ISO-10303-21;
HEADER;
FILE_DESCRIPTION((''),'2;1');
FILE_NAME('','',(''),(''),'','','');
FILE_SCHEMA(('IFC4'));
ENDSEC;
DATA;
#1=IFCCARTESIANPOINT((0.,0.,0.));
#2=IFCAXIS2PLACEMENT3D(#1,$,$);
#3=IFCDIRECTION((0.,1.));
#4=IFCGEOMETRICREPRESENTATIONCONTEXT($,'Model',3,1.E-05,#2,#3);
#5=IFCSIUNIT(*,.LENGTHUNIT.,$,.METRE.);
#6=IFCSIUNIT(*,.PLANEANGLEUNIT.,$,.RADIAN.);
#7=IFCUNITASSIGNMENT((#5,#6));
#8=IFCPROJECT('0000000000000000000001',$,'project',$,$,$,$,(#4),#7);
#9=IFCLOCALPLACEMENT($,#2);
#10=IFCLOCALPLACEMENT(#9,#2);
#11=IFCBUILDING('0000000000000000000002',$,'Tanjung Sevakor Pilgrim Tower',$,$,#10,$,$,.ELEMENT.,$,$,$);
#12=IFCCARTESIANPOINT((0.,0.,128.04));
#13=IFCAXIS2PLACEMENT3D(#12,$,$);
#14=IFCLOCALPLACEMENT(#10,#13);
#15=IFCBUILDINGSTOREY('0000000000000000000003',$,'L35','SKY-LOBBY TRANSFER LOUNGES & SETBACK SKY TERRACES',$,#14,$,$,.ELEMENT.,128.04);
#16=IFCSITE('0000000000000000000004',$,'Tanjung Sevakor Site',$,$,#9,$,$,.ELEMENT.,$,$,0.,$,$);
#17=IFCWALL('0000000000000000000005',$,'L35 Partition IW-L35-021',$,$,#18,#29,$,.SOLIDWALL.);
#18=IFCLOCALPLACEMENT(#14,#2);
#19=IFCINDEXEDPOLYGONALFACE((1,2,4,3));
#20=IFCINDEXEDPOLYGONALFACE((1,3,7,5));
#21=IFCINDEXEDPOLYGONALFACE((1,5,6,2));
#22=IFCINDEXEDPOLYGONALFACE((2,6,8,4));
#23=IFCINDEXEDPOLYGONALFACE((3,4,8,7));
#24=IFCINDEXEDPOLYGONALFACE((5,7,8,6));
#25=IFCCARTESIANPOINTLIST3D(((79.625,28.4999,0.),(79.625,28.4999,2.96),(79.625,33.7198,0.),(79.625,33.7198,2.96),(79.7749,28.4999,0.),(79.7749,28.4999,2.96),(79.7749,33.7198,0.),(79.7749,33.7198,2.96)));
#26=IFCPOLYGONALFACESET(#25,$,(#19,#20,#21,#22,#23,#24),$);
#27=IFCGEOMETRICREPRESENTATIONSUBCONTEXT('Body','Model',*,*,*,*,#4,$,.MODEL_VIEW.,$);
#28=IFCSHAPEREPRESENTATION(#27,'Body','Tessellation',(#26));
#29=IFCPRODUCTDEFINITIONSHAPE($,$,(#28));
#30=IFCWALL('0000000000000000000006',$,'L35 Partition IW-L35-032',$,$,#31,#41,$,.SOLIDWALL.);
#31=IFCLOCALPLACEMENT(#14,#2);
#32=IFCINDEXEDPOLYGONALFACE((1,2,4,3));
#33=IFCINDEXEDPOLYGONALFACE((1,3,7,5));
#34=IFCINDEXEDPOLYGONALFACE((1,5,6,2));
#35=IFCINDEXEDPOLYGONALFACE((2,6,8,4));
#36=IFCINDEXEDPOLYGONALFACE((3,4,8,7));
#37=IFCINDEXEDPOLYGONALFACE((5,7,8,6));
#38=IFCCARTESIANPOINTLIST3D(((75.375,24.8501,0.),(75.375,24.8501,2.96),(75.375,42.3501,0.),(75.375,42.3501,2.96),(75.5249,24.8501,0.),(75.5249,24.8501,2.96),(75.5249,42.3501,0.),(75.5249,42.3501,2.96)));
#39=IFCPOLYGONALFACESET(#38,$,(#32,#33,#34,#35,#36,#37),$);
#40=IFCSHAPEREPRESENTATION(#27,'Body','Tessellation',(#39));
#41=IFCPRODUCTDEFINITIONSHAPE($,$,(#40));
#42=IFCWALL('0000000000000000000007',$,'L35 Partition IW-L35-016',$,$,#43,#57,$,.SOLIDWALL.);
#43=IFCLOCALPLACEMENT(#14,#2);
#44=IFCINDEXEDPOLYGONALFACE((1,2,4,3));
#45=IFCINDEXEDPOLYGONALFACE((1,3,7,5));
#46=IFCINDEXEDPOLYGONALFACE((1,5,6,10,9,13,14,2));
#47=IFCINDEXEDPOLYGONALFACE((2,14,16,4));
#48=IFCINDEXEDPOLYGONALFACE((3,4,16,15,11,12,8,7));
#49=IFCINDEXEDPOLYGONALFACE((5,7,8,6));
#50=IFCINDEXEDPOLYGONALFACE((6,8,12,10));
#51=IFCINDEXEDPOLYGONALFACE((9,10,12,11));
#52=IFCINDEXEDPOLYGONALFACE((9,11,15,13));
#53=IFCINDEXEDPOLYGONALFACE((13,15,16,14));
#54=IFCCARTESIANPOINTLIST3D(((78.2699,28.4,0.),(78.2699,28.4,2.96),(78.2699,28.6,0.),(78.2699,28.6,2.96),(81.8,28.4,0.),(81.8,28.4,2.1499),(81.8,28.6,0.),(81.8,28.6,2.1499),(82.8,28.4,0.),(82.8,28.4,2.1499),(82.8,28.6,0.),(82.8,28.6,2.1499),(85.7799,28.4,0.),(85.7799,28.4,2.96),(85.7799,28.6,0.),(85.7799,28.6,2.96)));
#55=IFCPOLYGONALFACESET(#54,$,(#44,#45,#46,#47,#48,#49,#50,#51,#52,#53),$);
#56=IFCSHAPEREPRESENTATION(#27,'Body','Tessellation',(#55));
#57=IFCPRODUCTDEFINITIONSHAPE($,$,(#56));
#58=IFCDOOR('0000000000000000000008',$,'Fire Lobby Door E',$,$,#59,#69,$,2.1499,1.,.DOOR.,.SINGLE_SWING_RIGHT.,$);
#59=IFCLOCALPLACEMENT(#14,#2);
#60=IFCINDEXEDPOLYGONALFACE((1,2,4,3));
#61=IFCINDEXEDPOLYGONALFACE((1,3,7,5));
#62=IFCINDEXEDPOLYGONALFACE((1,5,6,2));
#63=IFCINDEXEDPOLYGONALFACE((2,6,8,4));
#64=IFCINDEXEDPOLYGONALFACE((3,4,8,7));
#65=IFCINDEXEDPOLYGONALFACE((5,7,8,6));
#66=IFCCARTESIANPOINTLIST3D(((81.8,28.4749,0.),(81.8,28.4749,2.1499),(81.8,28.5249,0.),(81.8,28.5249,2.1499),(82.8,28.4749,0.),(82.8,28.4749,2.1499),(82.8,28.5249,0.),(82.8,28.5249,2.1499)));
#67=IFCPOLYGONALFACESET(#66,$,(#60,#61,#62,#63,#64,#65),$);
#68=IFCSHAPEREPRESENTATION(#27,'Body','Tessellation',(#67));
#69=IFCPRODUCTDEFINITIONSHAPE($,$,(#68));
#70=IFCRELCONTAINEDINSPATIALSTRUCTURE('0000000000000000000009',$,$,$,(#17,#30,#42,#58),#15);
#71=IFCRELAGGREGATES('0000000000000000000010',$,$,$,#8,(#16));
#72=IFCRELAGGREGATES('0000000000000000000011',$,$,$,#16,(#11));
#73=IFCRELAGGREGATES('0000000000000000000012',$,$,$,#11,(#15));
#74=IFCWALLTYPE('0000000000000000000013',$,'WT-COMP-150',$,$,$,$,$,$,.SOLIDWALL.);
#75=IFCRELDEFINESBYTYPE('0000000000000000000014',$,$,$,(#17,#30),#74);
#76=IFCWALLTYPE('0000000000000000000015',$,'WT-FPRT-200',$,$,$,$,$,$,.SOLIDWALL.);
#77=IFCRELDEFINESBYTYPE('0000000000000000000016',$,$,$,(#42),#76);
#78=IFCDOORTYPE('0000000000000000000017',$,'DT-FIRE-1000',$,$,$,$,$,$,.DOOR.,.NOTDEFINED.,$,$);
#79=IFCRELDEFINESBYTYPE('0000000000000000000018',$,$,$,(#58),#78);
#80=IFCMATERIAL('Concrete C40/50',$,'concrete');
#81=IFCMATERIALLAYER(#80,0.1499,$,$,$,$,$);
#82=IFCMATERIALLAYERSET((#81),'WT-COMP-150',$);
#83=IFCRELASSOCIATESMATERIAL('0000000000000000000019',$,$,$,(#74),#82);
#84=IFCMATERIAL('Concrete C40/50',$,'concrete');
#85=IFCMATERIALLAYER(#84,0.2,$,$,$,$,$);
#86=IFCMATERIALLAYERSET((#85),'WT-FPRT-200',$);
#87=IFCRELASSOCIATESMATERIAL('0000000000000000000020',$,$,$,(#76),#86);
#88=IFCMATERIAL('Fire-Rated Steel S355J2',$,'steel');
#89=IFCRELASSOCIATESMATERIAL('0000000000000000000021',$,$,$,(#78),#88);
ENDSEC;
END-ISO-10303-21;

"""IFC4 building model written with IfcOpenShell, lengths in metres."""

from ifc_helpers import new_model, si_unit, direction, frame, frame_2d, origin, place, context, subcontext, project, spatial, rectangle, extrude, material, layer, layer_set, type_object, element, fill, save


model = new_model("IFC4")

# Units and contexts
model_context = context("Model", 3, precision=1e-05, world=origin(), true_north=direction((0.0, 1.0)))
body_context = subcontext(model_context, "Body", "Model", "MODEL_VIEW")
ifc_project = project(units=[si_unit("LENGTHUNIT", "METRE"), si_unit("PLANEANGLEUNIT", "RADIAN")], contexts=[model_context])

# Site, building, storey
site_placement = place(None, origin())
site = spatial("IfcSite", under=ifc_project, at=site_placement, Name="Tanjung Sevakor Site", CompositionType="ELEMENT", RefElevation=0.0)
building_placement = place(site_placement, origin())
building = spatial("IfcBuilding", under=site, at=building_placement, Name="Tanjung Sevakor Pilgrim Tower", CompositionType="ELEMENT")
storey_placement = place(building_placement, frame((0.0, 0.0, 128.04)))
storey = spatial("IfcBuildingStorey", under=building, at=storey_placement, Name="L35", Description="SKY-LOBBY TRANSFER LOUNGES & SETBACK SKY TERRACES", CompositionType="ELEMENT", Elevation=128.04)

# Walls
ifc_material_1 = material(Name="Concrete C40/50", Category="concrete")
ifc_layer_1 = layer(ifc_material_1, 0.1499)
ifc_layer_set_1 = layer_set([ifc_layer_1], Name="WT-COMP-150")
wall_type_1 = type_object("IfcWallType", Name="WT-COMP-150", PredefinedType="SOLIDWALL", material=ifc_layer_set_1)
wall_1_placement = place(storey_placement, frame((79.7, 28.5, 0.0), z_axis=(0.0, 0.0, 1.0), x_axis=(0.0, 1.0, 0.0)))
element("IfcWall", 1, at=wall_1_placement, inside=storey, type_object=wall_type_1, Name="L35 Partition IW-L35-021", PredefinedType="SOLIDWALL", context=body_context, shape_type="SweptSolid", body=[
    extrude(rectangle(XDim=5.22, YDim=0.1499, at=frame_2d((2.6099, 0.0))), origin(), (0.0, 0.0, 1.0), 2.96),
])
wall_2_placement = place(storey_placement, frame((75.45, 24.8501, 0.0), z_axis=(0.0, 0.0, 1.0), x_axis=(0.0, 1.0, 0.0)))
element("IfcWall", 2, at=wall_2_placement, inside=storey, type_object=wall_type_1, Name="L35 Partition IW-L35-032", PredefinedType="SOLIDWALL", context=body_context, shape_type="SweptSolid", body=[
    extrude(rectangle(XDim=17.5, YDim=0.1499, at=frame_2d((8.75, 0.0))), origin(), (0.0, 0.0, 1.0), 2.96),
])

# Wall, opening, door
ifc_material_2 = material(Name="Concrete C40/50", Category="concrete")
ifc_layer_2 = layer(ifc_material_2, 0.2)
ifc_layer_set_2 = layer_set([ifc_layer_2], Name="WT-FPRT-200")
wall_type_2 = type_object("IfcWallType", Name="WT-FPRT-200", PredefinedType="SOLIDWALL", material=ifc_layer_set_2)
wall_3_placement = place(storey_placement, frame((78.27, 28.5, 0.0), z_axis=(0.0, 0.0, 1.0), x_axis=(1.0, 0.0, 0.0)))
wall_3 = element("IfcWall", 3, at=wall_3_placement, inside=storey, type_object=wall_type_2, Name="L35 Partition IW-L35-016", PredefinedType="SOLIDWALL", context=body_context, shape_type="SweptSolid", body=[
    extrude(rectangle(XDim=7.51, YDim=0.2, at=frame_2d((3.7549, 0.0))), origin(), (0.0, 0.0, 1.0), 2.96),
])
opening_placement = place(wall_3_placement, frame((3.53, 0.0, 0.0)))
opening = element("IfcOpeningElement", 4, at=opening_placement, cuts=wall_3, PredefinedType="OPENING", context=body_context, shape_type="SweptSolid", body=[
    extrude(rectangle(XDim=1.0, YDim=2.1499, at=frame_2d((0.5, 1.075))), frame((0.0, 0.1099, 0.0), z_axis=(0.0, -1.0, 0.0), x_axis=(1.0, 0.0, 0.0)), (0.0, 0.0, 1.0), 0.22),
])
ifc_material_3 = material(Name="Fire-Rated Steel S355J2", Category="steel")
door_type = type_object("IfcDoorType", Name="DT-FIRE-1000", OperationType="NOTDEFINED", PredefinedType="DOOR", material=ifc_material_3)
door_placement = place(opening_placement, origin())
door = element("IfcDoor", 5, at=door_placement, inside=storey, type_object=door_type, Name="Fire Lobby Door E", OperationType="SINGLE_SWING_RIGHT", OverallHeight=2.1499, OverallWidth=1.0, PredefinedType="DOOR", context=body_context, shape_type="SweptSolid", body=[
    extrude(rectangle(XDim=1.0, YDim=2.1499, at=frame_2d((0.5, 1.075))), frame((0.0, 0.0249, 0.0), z_axis=(0.0, -1.0, 0.0), x_axis=(1.0, 0.0, 0.0)), (0.0, 0.0, 1.0), 0.05),
])
fill(opening, door)

save(model, "model.ifc")
